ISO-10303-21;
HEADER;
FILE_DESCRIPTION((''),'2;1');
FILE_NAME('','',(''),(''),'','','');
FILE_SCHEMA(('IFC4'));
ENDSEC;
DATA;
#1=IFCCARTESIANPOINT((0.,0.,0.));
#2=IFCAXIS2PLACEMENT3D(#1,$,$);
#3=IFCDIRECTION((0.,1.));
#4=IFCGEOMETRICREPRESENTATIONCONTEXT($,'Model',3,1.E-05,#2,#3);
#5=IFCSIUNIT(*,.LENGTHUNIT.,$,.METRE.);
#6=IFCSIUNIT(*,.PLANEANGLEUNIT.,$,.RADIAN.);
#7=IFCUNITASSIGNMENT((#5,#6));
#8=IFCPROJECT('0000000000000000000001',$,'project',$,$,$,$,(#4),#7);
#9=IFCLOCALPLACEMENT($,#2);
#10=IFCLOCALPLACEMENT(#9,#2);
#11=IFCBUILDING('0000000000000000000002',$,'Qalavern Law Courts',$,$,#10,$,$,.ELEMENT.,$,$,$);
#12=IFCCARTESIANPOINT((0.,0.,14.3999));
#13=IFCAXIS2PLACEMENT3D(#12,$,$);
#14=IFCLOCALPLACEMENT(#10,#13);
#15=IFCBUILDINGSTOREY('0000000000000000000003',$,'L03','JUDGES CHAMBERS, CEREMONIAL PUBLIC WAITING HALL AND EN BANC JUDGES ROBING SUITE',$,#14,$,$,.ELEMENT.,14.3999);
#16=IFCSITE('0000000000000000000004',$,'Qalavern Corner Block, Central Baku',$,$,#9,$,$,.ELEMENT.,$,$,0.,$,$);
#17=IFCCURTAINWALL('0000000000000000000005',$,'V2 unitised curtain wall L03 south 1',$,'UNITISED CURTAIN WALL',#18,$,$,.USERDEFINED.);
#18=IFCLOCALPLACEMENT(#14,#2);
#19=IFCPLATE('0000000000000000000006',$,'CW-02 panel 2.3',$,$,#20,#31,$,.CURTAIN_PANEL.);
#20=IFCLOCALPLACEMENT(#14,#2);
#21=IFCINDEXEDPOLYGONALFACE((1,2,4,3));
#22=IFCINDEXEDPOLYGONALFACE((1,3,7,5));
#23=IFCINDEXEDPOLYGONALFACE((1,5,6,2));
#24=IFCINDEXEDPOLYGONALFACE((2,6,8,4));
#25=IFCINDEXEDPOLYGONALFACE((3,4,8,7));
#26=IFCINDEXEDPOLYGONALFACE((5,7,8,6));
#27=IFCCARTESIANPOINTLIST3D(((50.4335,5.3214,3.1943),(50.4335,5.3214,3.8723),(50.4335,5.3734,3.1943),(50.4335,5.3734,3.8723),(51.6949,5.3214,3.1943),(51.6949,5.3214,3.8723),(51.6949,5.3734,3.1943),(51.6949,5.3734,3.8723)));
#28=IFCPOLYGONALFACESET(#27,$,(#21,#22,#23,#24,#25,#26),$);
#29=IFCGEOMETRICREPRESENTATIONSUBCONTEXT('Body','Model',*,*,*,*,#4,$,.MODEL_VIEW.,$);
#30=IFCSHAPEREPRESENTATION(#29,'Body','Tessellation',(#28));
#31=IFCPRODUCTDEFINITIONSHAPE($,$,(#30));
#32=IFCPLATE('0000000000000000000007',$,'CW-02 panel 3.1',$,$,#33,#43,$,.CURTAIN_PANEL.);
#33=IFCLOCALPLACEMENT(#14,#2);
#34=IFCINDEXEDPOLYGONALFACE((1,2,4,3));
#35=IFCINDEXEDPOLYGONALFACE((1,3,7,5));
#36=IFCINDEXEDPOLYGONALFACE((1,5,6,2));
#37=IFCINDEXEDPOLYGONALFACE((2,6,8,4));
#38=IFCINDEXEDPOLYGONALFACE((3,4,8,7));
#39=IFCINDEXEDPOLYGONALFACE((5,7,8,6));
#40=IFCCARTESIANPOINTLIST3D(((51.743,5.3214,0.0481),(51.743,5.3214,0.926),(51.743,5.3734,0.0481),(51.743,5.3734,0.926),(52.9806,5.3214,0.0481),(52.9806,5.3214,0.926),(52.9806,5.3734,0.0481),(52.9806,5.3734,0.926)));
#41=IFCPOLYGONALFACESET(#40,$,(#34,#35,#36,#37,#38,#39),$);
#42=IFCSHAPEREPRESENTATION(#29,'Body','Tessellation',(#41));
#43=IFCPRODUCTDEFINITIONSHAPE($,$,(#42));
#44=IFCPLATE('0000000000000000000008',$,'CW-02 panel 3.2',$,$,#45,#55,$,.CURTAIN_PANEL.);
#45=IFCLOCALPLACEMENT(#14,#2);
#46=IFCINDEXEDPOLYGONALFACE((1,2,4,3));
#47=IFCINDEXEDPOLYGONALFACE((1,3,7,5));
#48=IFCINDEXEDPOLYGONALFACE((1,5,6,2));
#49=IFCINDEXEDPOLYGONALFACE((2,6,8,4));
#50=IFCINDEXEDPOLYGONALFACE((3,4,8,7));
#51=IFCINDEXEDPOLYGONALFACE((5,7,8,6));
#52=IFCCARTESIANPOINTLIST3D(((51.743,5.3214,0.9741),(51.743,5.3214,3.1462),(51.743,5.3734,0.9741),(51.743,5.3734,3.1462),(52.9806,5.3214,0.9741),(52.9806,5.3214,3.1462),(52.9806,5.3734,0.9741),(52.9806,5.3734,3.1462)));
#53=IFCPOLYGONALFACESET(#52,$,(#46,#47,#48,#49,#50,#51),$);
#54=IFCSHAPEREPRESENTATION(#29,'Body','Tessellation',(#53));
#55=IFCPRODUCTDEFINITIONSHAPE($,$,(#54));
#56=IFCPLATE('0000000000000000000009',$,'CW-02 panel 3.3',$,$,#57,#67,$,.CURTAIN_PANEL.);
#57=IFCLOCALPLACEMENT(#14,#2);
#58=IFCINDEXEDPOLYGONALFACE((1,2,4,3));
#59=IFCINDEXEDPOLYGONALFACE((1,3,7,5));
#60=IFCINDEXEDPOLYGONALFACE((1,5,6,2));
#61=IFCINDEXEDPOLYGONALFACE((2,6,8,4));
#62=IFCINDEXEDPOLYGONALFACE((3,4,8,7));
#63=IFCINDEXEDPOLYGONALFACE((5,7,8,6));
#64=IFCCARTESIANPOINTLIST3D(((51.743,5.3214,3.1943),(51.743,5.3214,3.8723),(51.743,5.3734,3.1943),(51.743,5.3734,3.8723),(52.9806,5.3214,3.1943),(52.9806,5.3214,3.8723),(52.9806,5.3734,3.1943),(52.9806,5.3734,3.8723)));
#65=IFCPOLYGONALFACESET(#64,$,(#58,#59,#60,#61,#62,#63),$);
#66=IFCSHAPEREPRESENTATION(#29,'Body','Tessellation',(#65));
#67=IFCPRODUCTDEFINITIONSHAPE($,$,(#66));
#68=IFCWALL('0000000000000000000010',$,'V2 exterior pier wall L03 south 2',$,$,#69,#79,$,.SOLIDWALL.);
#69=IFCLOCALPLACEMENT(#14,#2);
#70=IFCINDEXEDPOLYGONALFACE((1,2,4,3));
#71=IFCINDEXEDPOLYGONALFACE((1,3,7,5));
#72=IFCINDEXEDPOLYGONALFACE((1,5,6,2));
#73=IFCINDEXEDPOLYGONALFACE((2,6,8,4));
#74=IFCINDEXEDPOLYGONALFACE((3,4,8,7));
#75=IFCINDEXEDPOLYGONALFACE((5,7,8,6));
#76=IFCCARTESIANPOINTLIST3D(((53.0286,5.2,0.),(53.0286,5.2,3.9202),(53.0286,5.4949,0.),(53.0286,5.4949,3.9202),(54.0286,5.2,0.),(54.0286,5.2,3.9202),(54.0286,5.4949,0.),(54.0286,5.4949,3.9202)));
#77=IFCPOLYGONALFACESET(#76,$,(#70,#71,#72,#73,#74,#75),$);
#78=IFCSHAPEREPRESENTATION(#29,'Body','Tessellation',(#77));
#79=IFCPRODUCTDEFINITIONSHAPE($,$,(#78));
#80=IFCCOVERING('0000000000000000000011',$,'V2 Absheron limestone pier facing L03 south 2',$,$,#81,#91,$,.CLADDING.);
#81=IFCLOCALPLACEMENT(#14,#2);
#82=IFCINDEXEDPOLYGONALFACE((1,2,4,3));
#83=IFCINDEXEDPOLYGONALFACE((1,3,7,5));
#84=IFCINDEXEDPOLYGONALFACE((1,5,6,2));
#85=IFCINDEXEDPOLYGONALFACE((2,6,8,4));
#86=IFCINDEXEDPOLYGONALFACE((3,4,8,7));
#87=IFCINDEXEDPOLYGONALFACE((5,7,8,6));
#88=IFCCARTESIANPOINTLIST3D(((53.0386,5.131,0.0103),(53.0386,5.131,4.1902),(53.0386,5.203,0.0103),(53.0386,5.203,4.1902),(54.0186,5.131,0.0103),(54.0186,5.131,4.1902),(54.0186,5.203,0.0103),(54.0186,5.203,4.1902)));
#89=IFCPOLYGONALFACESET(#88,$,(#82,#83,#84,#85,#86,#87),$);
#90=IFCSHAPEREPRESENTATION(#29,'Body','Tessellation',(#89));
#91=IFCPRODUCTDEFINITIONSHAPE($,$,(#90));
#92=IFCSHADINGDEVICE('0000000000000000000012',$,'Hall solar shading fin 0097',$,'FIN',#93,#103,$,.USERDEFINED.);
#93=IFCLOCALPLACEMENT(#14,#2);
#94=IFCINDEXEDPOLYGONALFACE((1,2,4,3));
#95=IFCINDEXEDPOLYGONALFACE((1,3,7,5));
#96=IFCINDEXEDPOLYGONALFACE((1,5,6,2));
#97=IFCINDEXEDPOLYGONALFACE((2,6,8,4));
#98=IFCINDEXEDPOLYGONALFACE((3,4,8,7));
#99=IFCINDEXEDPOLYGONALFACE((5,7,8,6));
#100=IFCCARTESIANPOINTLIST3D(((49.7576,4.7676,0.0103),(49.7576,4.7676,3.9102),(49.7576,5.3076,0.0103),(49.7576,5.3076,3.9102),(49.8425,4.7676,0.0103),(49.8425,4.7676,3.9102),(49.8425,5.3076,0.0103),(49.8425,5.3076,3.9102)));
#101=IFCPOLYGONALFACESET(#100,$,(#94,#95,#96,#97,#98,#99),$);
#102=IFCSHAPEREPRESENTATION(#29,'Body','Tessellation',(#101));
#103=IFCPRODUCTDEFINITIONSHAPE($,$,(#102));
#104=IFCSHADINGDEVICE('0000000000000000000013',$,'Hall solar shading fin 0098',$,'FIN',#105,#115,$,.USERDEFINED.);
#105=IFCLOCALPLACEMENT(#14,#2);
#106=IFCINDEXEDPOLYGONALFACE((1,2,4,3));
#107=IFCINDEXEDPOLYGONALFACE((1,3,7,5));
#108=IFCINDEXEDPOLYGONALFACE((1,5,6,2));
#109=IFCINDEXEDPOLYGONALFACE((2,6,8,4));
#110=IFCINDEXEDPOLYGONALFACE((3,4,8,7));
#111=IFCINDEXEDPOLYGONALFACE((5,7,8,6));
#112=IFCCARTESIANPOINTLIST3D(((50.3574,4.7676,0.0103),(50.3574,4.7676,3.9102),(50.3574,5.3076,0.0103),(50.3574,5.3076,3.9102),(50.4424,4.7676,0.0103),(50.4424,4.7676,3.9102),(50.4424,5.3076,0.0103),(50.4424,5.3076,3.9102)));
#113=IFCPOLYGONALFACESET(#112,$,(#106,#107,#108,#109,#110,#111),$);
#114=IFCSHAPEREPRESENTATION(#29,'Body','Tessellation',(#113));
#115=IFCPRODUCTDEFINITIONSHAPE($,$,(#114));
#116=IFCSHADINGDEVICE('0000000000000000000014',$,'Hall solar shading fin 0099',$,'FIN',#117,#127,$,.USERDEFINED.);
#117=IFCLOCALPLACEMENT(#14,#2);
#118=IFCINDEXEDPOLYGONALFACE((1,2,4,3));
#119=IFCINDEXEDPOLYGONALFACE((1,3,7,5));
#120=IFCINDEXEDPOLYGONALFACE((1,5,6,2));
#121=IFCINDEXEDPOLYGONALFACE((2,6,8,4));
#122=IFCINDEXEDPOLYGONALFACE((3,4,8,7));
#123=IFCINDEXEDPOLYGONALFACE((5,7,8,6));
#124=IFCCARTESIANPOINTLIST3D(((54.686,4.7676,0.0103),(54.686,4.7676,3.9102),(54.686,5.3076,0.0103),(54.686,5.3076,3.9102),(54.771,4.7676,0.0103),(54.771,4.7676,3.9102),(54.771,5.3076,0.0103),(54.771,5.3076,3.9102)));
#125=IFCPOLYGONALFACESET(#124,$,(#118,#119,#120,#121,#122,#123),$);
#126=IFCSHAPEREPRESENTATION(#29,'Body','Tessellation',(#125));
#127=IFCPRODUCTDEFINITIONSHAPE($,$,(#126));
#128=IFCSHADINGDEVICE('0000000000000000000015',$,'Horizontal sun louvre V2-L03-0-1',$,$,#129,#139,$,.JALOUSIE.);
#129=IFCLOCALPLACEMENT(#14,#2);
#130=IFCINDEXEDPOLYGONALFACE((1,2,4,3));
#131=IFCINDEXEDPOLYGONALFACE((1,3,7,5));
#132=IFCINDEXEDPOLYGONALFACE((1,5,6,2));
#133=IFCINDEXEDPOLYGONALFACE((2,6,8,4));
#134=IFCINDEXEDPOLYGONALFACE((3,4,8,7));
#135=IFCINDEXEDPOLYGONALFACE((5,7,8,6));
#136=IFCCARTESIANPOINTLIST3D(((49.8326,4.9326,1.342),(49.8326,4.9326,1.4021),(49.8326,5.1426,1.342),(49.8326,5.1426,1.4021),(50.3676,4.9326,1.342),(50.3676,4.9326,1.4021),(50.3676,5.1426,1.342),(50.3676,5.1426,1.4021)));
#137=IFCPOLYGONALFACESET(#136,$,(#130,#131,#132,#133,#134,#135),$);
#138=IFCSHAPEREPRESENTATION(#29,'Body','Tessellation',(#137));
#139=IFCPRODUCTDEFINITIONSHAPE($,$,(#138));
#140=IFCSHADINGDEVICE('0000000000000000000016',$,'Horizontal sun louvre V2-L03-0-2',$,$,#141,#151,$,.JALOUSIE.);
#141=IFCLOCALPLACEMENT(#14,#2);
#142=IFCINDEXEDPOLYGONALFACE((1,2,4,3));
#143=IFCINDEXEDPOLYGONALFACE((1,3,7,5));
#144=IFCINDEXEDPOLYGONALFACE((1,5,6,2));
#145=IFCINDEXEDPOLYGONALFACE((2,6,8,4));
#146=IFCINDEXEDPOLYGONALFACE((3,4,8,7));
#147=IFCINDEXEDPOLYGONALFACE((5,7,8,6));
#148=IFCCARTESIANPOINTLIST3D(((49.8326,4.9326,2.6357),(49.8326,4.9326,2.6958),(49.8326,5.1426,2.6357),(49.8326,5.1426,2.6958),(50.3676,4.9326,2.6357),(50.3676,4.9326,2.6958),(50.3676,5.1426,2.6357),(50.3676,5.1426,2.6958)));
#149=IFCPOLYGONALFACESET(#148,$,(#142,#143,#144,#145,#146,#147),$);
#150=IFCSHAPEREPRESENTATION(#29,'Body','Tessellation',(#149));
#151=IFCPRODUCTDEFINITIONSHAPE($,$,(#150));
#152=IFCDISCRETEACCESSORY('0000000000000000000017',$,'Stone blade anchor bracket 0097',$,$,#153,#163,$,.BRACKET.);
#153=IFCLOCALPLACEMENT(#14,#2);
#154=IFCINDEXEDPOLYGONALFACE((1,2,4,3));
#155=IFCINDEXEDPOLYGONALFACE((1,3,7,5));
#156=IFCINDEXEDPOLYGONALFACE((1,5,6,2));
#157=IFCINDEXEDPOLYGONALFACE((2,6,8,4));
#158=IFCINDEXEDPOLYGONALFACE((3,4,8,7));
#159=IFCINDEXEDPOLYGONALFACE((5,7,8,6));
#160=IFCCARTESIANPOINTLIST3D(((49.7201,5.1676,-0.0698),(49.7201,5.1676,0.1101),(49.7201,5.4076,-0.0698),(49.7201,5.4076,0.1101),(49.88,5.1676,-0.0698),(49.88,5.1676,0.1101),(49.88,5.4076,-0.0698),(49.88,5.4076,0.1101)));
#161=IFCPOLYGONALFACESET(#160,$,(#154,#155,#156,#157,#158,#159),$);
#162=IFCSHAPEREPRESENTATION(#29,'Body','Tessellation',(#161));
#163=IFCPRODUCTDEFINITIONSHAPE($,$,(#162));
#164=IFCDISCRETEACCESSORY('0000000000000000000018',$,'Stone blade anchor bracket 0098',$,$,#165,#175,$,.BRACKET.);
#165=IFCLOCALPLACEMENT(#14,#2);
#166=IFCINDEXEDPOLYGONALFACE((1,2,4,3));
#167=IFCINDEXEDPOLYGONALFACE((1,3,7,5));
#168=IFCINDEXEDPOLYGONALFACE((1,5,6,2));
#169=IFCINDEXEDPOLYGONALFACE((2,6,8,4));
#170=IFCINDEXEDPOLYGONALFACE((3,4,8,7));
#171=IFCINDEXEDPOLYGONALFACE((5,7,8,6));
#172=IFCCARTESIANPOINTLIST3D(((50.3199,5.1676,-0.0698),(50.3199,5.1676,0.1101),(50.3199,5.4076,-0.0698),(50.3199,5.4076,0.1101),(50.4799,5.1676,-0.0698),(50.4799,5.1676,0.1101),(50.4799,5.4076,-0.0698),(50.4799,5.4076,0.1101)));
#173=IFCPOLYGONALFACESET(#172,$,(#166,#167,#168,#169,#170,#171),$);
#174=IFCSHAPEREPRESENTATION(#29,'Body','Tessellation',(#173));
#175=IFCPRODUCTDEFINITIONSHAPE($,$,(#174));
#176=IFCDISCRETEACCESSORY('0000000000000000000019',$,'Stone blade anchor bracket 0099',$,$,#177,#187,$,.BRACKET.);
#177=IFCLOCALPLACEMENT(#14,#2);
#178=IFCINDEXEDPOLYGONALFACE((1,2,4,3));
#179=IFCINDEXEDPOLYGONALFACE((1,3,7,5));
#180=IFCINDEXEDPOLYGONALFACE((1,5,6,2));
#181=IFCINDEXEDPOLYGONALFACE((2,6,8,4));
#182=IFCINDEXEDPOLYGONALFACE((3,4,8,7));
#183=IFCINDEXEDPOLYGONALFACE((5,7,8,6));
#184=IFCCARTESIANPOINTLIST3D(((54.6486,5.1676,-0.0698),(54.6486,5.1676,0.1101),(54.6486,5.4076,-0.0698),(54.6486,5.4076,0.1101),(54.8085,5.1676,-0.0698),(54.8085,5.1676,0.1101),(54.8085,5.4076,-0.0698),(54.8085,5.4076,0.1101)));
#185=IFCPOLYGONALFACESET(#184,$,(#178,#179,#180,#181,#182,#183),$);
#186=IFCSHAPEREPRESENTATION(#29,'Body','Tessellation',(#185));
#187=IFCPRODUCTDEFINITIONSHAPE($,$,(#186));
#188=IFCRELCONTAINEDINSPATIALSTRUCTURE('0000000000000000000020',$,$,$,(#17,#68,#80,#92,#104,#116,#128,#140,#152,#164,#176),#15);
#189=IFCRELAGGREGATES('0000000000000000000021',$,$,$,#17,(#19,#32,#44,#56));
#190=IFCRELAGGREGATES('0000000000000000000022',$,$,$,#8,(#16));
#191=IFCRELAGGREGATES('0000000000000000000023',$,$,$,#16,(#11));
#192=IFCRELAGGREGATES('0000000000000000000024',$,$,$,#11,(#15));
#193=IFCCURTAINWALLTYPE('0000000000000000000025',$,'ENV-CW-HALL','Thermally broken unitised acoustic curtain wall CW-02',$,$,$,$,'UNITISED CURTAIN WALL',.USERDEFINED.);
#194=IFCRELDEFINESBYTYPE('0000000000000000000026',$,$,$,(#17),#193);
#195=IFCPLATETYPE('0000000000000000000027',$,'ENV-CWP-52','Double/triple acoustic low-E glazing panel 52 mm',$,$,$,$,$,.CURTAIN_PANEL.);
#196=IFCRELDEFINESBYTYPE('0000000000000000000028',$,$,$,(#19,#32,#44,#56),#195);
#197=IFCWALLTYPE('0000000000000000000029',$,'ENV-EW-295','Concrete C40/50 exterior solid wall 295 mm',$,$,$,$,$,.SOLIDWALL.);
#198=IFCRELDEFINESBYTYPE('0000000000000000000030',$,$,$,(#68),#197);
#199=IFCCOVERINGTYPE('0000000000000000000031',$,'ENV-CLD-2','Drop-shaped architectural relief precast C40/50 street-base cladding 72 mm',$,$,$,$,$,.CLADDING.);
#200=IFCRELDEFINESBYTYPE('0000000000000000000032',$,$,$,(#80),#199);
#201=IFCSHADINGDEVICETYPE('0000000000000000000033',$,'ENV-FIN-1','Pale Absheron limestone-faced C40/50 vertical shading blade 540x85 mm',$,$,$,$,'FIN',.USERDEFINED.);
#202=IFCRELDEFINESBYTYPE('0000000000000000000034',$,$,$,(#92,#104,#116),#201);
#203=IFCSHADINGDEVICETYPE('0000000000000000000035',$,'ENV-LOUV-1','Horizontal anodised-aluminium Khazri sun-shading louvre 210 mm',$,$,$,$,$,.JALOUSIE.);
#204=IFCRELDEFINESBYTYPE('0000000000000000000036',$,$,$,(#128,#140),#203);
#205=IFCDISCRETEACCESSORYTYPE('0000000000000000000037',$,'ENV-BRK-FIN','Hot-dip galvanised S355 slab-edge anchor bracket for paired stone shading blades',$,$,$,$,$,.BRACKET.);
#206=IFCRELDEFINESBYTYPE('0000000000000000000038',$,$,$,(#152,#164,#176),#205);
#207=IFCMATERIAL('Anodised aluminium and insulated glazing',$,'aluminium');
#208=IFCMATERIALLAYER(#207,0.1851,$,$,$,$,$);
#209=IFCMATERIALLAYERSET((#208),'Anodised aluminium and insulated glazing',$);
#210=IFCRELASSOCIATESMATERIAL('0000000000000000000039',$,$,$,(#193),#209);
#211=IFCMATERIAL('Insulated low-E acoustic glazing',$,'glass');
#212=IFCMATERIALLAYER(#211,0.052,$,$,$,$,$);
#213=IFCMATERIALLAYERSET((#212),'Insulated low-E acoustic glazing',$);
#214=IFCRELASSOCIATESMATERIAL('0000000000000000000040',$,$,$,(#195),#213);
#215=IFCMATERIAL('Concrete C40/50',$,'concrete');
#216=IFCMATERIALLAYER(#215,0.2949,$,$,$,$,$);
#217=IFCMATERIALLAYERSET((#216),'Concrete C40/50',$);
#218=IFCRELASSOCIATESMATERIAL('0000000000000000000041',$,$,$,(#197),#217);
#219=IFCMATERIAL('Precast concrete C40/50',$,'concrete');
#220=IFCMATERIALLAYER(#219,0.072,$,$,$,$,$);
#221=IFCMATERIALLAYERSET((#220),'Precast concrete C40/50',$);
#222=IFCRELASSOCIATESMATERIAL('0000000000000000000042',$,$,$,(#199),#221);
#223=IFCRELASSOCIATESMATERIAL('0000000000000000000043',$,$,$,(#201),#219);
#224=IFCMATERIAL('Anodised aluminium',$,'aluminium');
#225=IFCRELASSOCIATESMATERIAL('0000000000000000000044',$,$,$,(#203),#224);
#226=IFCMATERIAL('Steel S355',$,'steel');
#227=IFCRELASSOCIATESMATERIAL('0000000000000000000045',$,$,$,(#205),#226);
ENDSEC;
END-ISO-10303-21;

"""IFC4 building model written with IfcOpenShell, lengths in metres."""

from ifc_helpers import new_model, si_unit, direction, frame, frame_2d, origin, origin_2d, place, context, subcontext, project, spatial, rectangle, extrude, material, layer, layer_set, type_object, element, aggregate, save


model = new_model("IFC4")

# Units and contexts
model_context = context("Model", 3, precision=1e-05, world=origin(), true_north=direction((0.0, 1.0)))
body_context = subcontext(model_context, "Body", "Model", "MODEL_VIEW")
ifc_project = project(units=[si_unit("LENGTHUNIT", "METRE"), si_unit("PLANEANGLEUNIT", "RADIAN")], contexts=[model_context])

# Site, building, storey
site_placement = place(None, origin())
site = spatial("IfcSite", under=ifc_project, at=site_placement, Name="Qalavern Corner Block, Central Baku", CompositionType="ELEMENT", RefElevation=0.0)
building_placement = place(site_placement, origin())
building = spatial("IfcBuilding", under=site, at=building_placement, Name="Qalavern Law Courts", CompositionType="ELEMENT")
storey_placement = place(building_placement, frame((0.0, 0.0, 14.3999)))
storey = spatial("IfcBuildingStorey", under=building, at=storey_placement, Name="L03", Description="JUDGES CHAMBERS, CEREMONIAL PUBLIC WAITING HALL AND EN BANC JUDGES ROBING SUITE", CompositionType="ELEMENT", Elevation=14.3999)

# Curtain wall
ifc_material_1 = material(Name="Anodised aluminium and insulated glazing", Category="aluminium")
ifc_layer_1 = layer(ifc_material_1, 0.1851)
ifc_layer_set_1 = layer_set([ifc_layer_1], Name="Anodised aluminium and insulated glazing")
curtain_wall_type = type_object("IfcCurtainWallType", Name="ENV-CW-HALL", Description="Thermally broken unitised acoustic curtain wall CW-02", ElementType="UNITISED CURTAIN WALL", PredefinedType="USERDEFINED", material=ifc_layer_set_1)
curtain_wall_1_placement = place(storey_placement, origin())
curtain_wall_1 = element("IfcCurtainWall", 1, at=curtain_wall_1_placement, inside=storey, type_object=curtain_wall_type, Name="V2 unitised curtain wall L03 south 1", ObjectType="UNITISED CURTAIN WALL", PredefinedType="USERDEFINED")
ifc_material_2 = material(Name="Anodised aluminium", Category="aluminium")

# Plates
ifc_material_3 = material(Name="Insulated low-E acoustic glazing", Category="glass")
ifc_layer_2 = layer(ifc_material_3, 0.052)
ifc_layer_set_2 = layer_set([ifc_layer_2], Name="Insulated low-E acoustic glazing")
plate_type = type_object("IfcPlateType", Name="ENV-CWP-52", Description="Double/triple acoustic low-E glazing panel 52 mm", PredefinedType="CURTAIN_PANEL", material=ifc_layer_set_2)
plate_1_placement = place(storey_placement, frame((51.0642, 5.3474, 3.1943), z_axis=(0.0, 0.0, 1.0), x_axis=(1.0, 0.0, 0.0)))
plate_1 = element("IfcPlate", 2, at=plate_1_placement, type_object=plate_type, Name="CW-02 panel 2.3", PredefinedType="CURTAIN_PANEL", context=body_context, shape_type="SweptSolid", body=[
    extrude(rectangle(XDim=1.2615, YDim=0.052, at=origin_2d()), origin(), (0.0, 0.0, 1.0), 0.678),
])
plate_2_placement = place(storey_placement, frame((52.3618, 5.3474, 0.0481), z_axis=(0.0, 0.0, 1.0), x_axis=(1.0, 0.0, 0.0)))
plate_2 = element("IfcPlate", 3, at=plate_2_placement, type_object=plate_type, Name="CW-02 panel 3.1", PredefinedType="CURTAIN_PANEL", context=body_context, shape_type="SweptSolid", body=[
    extrude(rectangle(XDim=1.2375, YDim=0.052, at=origin_2d()), origin(), (0.0, 0.0, 1.0), 0.8779),
])
plate_3_placement = place(storey_placement, frame((52.3618, 5.3474, 0.9741), z_axis=(0.0, 0.0, 1.0), x_axis=(1.0, 0.0, 0.0)))
plate_3 = element("IfcPlate", 4, at=plate_3_placement, type_object=plate_type, Name="CW-02 panel 3.2", PredefinedType="CURTAIN_PANEL", context=body_context, shape_type="SweptSolid", body=[
    extrude(rectangle(XDim=1.2375, YDim=0.052, at=origin_2d()), origin(), (0.0, 0.0, 1.0), 2.1721),
])
plate_4_placement = place(storey_placement, frame((52.3618, 5.3474, 3.1943), z_axis=(0.0, 0.0, 1.0), x_axis=(1.0, 0.0, 0.0)))
plate_4 = element("IfcPlate", 5, at=plate_4_placement, type_object=plate_type, Name="CW-02 panel 3.3", PredefinedType="CURTAIN_PANEL", context=body_context, shape_type="SweptSolid", body=[
    extrude(rectangle(XDim=1.2375, YDim=0.052, at=origin_2d()), origin(), (0.0, 0.0, 1.0), 0.678),
])
aggregate(curtain_wall_1, [plate_1, plate_2, plate_3, plate_4])

# Wall
ifc_material_4 = material(Name="Concrete C40/50", Category="concrete")
ifc_layer_3 = layer(ifc_material_4, 0.2949)
ifc_layer_set_3 = layer_set([ifc_layer_3], Name="Concrete C40/50")
wall_type = type_object("IfcWallType", Name="ENV-EW-295", Description="Concrete C40/50 exterior solid wall 295 mm", PredefinedType="SOLIDWALL", material=ifc_layer_set_3)
wall_placement = place(storey_placement, frame((53.0286, 5.3474, 0.0), z_axis=(0.0, 0.0, 1.0), x_axis=(1.0, 0.0, 0.0)))
element("IfcWall", 6, at=wall_placement, inside=storey, type_object=wall_type, Name="V2 exterior pier wall L03 south 2", PredefinedType="SOLIDWALL", context=body_context, shape_type="SweptSolid", body=[
    extrude(rectangle(XDim=1.0, YDim=0.2949, at=frame_2d((0.5, 0.0))), origin(), (0.0, 0.0, 1.0), 3.9202),
])

# Covering
ifc_material_5 = material(Name="Precast concrete C40/50", Category="concrete")
ifc_layer_4 = layer(ifc_material_5, 0.072)
ifc_layer_set_4 = layer_set([ifc_layer_4], Name="Precast concrete C40/50")
covering_type = type_object("IfcCoveringType", Name="ENV-CLD-2", Description="Drop-shaped architectural relief precast C40/50 street-base cladding 72 mm", PredefinedType="CLADDING", material=ifc_layer_set_4)
covering_placement = place(storey_placement, frame((53.5286, 5.167, 0.0103), z_axis=(0.0, 0.0, 1.0), x_axis=(1.0, 0.0, 0.0)))
element("IfcCovering", 7, at=covering_placement, inside=storey, type_object=covering_type, Name="V2 Absheron limestone pier facing L03 south 2", PredefinedType="CLADDING", context=body_context, shape_type="SweptSolid", body=[
    extrude(rectangle(XDim=0.98, YDim=0.072, at=origin_2d()), origin(), (0.0, 0.0, 1.0), 4.1799),
])

# Shading devices
shading_device_type_1 = type_object("IfcShadingDeviceType", Name="ENV-FIN-1", Description="Pale Absheron limestone-faced C40/50 vertical shading blade 540x85 mm", ElementType="FIN", PredefinedType="USERDEFINED", material=ifc_material_5)
for number, where, z_axis, x_axis, name in (
    (8, (49.8, 5.0376, 0.0103), (0.0, 0.0, 1.0), (0.0, -1.0, 0.0), "Hall solar shading fin 0097"),
    (9, (50.3999, 5.0376, 0.0103), (0.0, 0.0, 1.0), (0.0, -1.0, 0.0), "Hall solar shading fin 0098"),
    (10, (54.7285, 5.0376, 0.0103), (0.0, 0.0, 1.0), (0.0, -1.0, 0.0), "Hall solar shading fin 0099"),
):
    element("IfcShadingDevice", number, at=place(storey_placement, frame(where, z_axis=z_axis, x_axis=x_axis)), inside=storey, type_object=shading_device_type_1, Name=name, ObjectType="FIN", PredefinedType="USERDEFINED", context=body_context, shape_type="SweptSolid", body=[
        extrude(rectangle(XDim=0.54, YDim=0.085, at=origin_2d()), origin(), (0.0, 0.0, 1.0), 3.8999),
    ])
shading_device_type_2 = type_object("IfcShadingDeviceType", Name="ENV-LOUV-1", Description="Horizontal anodised-aluminium Khazri sun-shading louvre 210 mm", PredefinedType="JALOUSIE", material=ifc_material_2)
for number, where, z_axis, x_axis, name in (
    (11, (50.1001, 5.0376, 1.342), (0.0, 0.0, 1.0), (1.0, 0.0, 0.0), "Horizontal sun louvre V2-L03-0-1"),
    (12, (50.1001, 5.0376, 2.6357), (0.0, 0.0, 1.0), (1.0, 0.0, 0.0), "Horizontal sun louvre V2-L03-0-2"),
):
    element("IfcShadingDevice", number, at=place(storey_placement, frame(where, z_axis=z_axis, x_axis=x_axis)), inside=storey, type_object=shading_device_type_2, Name=name, PredefinedType="JALOUSIE", context=body_context, shape_type="SweptSolid", body=[
        extrude(rectangle(XDim=0.5349, YDim=0.21, at=origin_2d()), origin(), (0.0, 0.0, 1.0), 0.0601),
    ])

# Discrete accessories
ifc_material_6 = material(Name="Steel S355", Category="steel")
discrete_accessory_type = type_object("IfcDiscreteAccessoryType", Name="ENV-BRK-FIN", Description="Hot-dip galvanised S355 slab-edge anchor bracket for paired stone shading blades", PredefinedType="BRACKET", material=ifc_material_6)
for number, where, z_axis, x_axis, name in (
    (13, (49.8, 5.2876, -0.0698), (0.0, 0.0, 1.0), (0.0, -1.0, 0.0), "Stone blade anchor bracket 0097"),
    (14, (50.3999, 5.2876, -0.0698), (0.0, 0.0, 1.0), (0.0, -1.0, 0.0), "Stone blade anchor bracket 0098"),
    (15, (54.7285, 5.2876, -0.0698), (0.0, 0.0, 1.0), (0.0, -1.0, 0.0), "Stone blade anchor bracket 0099"),
):
    element("IfcDiscreteAccessory", number, at=place(storey_placement, frame(where, z_axis=z_axis, x_axis=x_axis)), inside=storey, type_object=discrete_accessory_type, Name=name, PredefinedType="BRACKET", context=body_context, shape_type="SweptSolid", body=[
        extrude(rectangle(XDim=0.24, YDim=0.1599, at=origin_2d()), origin(), (0.0, 0.0, 1.0), 0.1799),
    ])

save(model, "model.ifc")
